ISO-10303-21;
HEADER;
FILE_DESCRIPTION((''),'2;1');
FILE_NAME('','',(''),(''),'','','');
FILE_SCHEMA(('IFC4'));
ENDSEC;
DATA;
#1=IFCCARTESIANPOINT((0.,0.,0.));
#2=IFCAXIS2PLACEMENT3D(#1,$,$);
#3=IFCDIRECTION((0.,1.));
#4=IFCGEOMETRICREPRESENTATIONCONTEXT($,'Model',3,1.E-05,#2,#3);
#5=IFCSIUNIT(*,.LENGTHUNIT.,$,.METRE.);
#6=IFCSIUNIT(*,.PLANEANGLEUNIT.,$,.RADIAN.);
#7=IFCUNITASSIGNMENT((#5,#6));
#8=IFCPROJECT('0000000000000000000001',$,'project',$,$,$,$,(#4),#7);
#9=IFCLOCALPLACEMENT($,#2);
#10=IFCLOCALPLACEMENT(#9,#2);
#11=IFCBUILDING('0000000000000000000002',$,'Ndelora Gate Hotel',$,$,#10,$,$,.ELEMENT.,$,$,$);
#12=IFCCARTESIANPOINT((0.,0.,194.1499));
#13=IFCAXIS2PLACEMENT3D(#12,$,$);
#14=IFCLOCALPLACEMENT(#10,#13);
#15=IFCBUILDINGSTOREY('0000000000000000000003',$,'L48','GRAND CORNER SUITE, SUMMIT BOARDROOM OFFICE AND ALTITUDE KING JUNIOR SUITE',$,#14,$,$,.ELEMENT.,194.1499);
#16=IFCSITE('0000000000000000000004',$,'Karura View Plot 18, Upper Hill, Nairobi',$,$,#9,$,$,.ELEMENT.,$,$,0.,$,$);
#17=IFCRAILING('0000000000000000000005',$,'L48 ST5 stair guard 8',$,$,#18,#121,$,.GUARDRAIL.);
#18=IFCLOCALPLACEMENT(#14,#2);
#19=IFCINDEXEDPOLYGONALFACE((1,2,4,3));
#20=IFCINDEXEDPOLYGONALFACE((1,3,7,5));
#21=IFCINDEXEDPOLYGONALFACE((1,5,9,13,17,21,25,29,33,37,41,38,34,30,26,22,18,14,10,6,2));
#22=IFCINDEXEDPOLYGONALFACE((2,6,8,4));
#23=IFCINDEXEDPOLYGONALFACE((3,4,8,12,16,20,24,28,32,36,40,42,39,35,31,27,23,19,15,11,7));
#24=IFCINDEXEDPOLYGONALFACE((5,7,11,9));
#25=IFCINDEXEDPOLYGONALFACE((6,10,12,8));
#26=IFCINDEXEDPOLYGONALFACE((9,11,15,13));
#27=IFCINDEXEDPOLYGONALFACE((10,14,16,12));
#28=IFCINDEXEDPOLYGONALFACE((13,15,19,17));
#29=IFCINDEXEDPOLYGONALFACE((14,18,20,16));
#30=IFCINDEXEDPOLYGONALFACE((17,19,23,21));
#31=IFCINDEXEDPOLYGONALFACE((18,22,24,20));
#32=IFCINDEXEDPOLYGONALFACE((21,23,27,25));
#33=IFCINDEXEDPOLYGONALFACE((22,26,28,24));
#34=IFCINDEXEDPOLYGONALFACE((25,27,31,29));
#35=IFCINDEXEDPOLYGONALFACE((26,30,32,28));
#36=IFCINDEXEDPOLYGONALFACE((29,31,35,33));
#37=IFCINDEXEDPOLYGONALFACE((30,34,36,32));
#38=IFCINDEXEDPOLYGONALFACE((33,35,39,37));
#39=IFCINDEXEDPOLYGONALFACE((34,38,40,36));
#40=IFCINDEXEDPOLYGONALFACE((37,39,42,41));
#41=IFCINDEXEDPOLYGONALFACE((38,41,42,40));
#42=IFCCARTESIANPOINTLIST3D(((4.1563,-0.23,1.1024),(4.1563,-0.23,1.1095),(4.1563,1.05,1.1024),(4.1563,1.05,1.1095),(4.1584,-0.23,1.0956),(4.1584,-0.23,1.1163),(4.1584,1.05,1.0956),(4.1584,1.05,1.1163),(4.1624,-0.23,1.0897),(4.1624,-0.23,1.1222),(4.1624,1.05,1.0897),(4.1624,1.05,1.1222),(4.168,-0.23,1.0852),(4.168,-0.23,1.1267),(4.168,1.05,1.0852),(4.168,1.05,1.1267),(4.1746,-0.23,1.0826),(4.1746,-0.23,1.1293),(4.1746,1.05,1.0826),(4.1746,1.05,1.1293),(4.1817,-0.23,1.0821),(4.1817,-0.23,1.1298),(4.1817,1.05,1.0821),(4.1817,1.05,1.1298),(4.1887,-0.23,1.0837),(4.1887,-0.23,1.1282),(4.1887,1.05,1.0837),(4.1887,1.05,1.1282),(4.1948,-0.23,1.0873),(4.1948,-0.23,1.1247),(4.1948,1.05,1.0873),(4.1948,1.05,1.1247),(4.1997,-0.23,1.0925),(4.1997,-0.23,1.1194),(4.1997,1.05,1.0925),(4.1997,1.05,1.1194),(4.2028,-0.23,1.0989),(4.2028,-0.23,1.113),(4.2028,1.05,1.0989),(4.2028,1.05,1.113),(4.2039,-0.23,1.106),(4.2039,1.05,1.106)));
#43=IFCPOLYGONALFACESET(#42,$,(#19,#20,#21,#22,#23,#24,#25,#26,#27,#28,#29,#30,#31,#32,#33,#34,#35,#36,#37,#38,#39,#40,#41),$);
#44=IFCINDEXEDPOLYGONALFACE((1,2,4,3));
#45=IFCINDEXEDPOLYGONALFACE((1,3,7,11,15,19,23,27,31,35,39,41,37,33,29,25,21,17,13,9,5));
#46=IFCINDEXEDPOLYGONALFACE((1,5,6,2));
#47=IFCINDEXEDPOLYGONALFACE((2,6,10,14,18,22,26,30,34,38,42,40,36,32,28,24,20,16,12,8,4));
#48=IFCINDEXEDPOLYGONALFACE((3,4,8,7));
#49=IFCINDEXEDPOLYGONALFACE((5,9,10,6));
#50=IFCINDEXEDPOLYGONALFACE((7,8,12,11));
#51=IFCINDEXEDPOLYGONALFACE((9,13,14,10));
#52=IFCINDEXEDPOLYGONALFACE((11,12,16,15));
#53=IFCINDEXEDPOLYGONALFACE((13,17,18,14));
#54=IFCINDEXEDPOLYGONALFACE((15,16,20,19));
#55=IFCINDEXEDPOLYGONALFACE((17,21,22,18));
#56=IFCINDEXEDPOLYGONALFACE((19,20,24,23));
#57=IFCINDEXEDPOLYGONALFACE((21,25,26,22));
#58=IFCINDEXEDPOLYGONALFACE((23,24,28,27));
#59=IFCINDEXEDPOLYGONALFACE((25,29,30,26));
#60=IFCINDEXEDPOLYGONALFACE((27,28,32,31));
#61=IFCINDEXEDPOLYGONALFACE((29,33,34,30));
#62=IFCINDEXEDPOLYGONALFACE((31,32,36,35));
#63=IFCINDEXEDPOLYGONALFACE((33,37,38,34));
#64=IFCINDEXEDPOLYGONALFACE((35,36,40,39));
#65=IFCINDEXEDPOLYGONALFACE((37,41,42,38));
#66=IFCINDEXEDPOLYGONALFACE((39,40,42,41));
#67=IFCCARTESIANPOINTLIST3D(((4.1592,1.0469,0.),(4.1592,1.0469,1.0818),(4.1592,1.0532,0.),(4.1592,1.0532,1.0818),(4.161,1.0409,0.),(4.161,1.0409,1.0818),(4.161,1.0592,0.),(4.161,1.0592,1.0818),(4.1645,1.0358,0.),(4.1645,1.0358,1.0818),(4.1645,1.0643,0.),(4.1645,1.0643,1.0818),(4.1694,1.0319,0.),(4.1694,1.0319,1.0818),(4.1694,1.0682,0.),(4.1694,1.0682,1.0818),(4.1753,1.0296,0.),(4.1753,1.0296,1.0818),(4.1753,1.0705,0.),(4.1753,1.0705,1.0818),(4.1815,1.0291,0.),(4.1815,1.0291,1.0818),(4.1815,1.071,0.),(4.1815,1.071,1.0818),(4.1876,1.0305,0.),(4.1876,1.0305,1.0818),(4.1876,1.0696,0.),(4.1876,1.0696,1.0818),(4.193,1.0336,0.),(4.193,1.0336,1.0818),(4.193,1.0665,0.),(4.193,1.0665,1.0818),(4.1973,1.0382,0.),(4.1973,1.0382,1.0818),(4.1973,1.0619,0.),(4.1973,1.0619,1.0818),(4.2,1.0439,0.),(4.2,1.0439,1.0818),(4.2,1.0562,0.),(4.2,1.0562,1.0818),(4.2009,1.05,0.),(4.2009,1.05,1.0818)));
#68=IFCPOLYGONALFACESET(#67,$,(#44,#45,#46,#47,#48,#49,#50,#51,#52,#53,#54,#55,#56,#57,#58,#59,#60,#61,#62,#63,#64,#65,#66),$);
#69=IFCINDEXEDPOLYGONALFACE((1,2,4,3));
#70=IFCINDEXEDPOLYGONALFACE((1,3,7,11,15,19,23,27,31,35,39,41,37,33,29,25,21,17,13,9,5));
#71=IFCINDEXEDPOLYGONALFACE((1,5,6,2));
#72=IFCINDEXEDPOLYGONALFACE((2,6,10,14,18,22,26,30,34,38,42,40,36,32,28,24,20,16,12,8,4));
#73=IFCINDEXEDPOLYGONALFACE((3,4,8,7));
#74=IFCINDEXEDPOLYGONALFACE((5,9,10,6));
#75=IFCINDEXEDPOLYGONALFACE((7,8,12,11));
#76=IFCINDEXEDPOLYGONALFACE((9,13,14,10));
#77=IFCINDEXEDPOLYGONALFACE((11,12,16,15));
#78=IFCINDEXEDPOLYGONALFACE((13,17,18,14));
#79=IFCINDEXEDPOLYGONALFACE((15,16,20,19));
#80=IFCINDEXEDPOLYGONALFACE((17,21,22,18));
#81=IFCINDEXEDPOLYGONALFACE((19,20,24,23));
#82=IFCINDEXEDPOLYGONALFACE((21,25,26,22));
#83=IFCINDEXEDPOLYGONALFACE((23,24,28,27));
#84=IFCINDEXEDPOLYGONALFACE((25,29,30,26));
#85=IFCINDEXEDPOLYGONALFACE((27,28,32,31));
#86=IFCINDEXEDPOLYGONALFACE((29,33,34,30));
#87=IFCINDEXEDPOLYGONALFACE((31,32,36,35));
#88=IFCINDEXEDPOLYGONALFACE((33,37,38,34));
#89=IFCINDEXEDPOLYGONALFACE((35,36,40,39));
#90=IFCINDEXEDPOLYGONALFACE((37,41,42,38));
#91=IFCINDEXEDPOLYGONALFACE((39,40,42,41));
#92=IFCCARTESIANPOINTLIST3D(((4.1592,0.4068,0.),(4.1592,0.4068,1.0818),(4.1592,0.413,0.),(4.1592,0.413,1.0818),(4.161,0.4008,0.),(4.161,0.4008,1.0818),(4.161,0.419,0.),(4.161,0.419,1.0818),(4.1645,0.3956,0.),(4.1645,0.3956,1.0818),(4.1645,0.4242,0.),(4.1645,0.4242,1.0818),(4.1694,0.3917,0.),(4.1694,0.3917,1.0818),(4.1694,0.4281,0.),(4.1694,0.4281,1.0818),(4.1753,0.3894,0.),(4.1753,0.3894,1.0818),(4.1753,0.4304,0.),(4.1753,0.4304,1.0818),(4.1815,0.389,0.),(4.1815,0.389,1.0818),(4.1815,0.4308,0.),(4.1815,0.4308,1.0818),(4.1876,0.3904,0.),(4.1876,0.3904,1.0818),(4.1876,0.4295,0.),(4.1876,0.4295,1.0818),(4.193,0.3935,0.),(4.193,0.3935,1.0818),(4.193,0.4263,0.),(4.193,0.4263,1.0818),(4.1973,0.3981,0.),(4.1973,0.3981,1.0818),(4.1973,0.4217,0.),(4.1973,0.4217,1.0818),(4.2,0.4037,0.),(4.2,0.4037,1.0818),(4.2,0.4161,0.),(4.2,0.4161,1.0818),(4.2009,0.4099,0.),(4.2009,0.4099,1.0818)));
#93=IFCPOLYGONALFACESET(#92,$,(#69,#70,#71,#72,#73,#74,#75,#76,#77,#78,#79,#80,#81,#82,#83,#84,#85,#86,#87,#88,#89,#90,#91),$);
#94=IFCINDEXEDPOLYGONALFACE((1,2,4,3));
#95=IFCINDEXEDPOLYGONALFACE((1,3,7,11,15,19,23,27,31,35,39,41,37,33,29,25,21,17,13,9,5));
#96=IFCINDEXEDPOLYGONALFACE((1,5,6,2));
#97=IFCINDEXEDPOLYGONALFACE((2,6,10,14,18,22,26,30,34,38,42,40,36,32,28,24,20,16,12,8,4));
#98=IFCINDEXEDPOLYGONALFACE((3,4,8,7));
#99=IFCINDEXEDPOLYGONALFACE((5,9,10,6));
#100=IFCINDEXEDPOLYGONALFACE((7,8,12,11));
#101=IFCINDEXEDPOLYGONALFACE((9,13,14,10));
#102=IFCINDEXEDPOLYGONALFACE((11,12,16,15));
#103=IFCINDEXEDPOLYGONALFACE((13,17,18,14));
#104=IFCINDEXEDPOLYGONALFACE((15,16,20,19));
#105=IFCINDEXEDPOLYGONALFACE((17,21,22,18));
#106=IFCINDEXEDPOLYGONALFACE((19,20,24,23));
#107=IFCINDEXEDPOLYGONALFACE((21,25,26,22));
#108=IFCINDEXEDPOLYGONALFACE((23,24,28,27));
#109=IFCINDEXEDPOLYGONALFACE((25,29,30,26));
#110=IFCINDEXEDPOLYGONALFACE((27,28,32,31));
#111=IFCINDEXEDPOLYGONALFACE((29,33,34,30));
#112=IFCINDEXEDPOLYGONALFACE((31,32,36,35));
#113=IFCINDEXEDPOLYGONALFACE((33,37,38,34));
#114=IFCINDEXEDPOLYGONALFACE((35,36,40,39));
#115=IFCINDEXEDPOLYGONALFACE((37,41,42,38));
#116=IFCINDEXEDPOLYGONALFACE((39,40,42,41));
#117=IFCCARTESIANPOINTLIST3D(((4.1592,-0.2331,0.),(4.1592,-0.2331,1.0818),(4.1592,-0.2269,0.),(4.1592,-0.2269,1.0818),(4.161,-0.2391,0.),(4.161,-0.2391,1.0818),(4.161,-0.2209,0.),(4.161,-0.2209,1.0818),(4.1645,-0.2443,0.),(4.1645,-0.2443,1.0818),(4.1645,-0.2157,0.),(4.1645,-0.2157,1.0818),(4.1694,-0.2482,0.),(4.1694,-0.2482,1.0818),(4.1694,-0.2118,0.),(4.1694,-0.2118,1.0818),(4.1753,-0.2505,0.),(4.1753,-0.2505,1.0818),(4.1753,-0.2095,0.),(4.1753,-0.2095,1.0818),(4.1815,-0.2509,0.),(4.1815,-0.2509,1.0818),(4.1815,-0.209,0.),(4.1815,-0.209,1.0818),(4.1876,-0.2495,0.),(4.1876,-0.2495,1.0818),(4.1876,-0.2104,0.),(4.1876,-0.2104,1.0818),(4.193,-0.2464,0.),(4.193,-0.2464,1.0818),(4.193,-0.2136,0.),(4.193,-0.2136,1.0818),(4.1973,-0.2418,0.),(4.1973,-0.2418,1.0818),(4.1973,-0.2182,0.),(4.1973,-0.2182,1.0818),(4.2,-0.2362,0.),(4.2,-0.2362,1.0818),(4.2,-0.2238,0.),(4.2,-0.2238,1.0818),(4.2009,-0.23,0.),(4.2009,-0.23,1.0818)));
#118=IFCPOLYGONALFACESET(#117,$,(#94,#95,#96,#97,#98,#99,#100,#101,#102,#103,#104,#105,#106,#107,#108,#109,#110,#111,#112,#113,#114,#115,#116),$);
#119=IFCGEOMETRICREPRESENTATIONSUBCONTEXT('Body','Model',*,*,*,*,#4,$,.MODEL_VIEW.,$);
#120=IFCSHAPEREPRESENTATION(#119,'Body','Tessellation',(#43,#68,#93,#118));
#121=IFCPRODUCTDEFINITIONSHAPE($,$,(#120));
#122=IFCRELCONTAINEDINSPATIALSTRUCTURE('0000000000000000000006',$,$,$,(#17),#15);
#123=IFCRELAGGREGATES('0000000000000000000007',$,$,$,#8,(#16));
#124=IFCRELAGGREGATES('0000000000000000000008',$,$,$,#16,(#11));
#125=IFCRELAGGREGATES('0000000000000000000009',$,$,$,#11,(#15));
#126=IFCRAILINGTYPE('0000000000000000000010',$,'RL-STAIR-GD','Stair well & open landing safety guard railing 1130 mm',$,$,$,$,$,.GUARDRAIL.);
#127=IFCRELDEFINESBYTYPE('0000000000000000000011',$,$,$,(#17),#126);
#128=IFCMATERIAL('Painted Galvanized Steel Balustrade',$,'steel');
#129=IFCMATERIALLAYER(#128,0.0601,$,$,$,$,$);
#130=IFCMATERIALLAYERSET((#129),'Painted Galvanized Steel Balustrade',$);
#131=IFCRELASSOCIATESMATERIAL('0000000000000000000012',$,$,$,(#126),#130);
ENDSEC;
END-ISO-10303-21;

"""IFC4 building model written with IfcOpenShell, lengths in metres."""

from ifc_helpers import new_model, si_unit, direction, frame, origin, origin_2d, place, context, subcontext, project, spatial, circle, extrude, material, layer, layer_set, type_object, element, save


model = new_model("IFC4")

# Units and contexts
model_context = context("Model", 3, precision=1e-05, world=origin(), true_north=direction((0.0, 1.0)))
body_context = subcontext(model_context, "Body", "Model", "MODEL_VIEW")
ifc_project = project(units=[si_unit("LENGTHUNIT", "METRE"), si_unit("PLANEANGLEUNIT", "RADIAN")], contexts=[model_context])

# Site, building, storey
site_placement = place(None, origin())
site = spatial("IfcSite", under=ifc_project, at=site_placement, Name="Karura View Plot 18, Upper Hill, Nairobi", CompositionType="ELEMENT", RefElevation=0.0)
building_placement = place(site_placement, origin())
building = spatial("IfcBuilding", under=site, at=building_placement, Name="Ndelora Gate Hotel", CompositionType="ELEMENT")
storey_placement = place(building_placement, frame((0.0, 0.0, 194.1499)))
storey = spatial("IfcBuildingStorey", under=building, at=storey_placement, Name="L48", Description="GRAND CORNER SUITE, SUMMIT BOARDROOM OFFICE AND ALTITUDE KING JUNIOR SUITE", CompositionType="ELEMENT", Elevation=194.1499)

# Railing
ifc_material_1 = material(Name="Painted Galvanized Steel Balustrade", Category="steel")
ifc_layer_1 = layer(ifc_material_1, 0.0601)
ifc_layer_set_1 = layer_set([ifc_layer_1], Name="Painted Galvanized Steel Balustrade")
railing_type = type_object("IfcRailingType", Name="RL-STAIR-GD", Description="Stair well & open landing safety guard railing 1130 mm", PredefinedType="GUARDRAIL", material=ifc_layer_set_1)
for number, where, name in (
    (1, (4.1799, 1.05, 0.0), "L48 ST5 stair guard 8"),
):
    element("IfcRailing", number, at=place(storey_placement, frame(where)), inside=storey, type_object=railing_type, Name=name, PredefinedType="GUARDRAIL", context=body_context, shape_type="SweptSolid", body=[
        extrude(circle(Radius=0.0239, at=origin_2d()), frame((0.0, 0.0, 1.106), z_axis=(0.0, -1.0, 0.0), x_axis=(1.0, 0.0, 0.0)), (0.0, 0.0, 1.0), 1.28),
        extrude(circle(Radius=0.021, at=origin_2d()), origin(), (0.0, 0.0, 1.0), 1.0818),
        extrude(circle(Radius=0.021, at=origin_2d()), frame((0.0, -0.6401, 0.0)), (0.0, 0.0, 1.0), 1.0818),
        extrude(circle(Radius=0.021, at=origin_2d()), frame((0.0, -1.28, 0.0)), (0.0, 0.0, 1.0), 1.0818),
    ])

save(model, "model.ifc")
